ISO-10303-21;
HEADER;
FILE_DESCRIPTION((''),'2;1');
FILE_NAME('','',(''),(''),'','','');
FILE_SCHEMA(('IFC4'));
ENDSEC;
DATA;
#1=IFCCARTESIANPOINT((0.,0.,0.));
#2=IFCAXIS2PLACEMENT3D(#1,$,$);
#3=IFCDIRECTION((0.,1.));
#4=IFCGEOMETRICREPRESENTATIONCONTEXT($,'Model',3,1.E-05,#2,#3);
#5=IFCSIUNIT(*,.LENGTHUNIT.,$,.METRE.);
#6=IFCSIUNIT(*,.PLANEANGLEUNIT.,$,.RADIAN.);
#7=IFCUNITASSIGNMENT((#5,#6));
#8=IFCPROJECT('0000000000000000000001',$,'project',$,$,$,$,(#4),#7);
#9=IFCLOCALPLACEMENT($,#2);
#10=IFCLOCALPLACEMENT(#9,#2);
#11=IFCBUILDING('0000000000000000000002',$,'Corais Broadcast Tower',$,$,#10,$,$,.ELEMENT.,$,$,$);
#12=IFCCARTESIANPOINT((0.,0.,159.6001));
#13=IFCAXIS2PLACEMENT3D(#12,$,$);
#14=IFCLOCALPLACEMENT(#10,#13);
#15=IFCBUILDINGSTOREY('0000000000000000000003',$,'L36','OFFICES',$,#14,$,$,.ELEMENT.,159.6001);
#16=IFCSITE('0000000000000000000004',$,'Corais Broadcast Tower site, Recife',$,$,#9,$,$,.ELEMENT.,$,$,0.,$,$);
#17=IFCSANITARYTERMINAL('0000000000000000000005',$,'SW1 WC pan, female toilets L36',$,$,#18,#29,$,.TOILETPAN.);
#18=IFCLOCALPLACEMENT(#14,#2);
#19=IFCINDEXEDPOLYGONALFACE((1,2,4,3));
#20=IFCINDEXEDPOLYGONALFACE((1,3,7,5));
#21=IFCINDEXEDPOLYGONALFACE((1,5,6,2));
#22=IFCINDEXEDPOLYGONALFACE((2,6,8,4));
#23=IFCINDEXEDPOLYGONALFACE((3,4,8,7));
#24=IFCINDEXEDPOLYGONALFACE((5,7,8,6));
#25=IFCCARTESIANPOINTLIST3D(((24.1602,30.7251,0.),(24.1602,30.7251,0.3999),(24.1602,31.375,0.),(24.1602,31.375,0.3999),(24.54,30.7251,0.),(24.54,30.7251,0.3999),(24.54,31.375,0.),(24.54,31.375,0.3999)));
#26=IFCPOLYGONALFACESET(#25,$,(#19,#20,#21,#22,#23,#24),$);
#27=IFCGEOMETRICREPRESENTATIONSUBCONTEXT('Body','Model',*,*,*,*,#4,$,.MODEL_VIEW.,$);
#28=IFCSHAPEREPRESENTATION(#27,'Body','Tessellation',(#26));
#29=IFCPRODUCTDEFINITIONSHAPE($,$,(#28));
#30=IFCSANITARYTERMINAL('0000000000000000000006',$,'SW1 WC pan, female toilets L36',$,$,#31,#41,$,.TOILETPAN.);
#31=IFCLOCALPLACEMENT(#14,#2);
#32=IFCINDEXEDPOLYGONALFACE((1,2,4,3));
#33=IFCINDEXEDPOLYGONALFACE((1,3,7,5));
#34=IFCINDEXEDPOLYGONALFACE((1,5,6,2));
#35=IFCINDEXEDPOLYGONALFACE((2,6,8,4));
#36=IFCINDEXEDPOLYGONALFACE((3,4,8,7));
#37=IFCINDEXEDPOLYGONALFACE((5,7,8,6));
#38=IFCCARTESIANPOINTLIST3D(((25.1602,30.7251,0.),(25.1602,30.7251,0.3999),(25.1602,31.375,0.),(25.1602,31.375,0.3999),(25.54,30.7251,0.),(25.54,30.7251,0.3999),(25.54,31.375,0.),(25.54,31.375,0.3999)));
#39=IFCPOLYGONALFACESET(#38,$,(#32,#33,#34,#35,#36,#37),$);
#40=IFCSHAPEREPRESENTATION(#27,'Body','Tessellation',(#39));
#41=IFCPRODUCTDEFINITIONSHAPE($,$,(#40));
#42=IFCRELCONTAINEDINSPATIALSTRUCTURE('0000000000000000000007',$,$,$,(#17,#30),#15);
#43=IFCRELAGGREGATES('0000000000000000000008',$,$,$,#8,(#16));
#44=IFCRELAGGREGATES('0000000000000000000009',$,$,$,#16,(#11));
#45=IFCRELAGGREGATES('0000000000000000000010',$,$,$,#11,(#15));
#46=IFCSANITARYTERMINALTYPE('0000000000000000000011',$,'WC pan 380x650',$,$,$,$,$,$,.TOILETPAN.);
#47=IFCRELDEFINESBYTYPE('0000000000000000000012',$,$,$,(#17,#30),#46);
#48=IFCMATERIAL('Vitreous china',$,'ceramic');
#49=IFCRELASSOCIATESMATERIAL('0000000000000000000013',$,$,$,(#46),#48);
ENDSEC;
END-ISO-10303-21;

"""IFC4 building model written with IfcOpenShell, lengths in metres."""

from ifc_helpers import new_model, si_unit, direction, frame, origin, origin_2d, place, context, subcontext, project, spatial, rectangle, extrude, material, type_object, element, save


model = new_model("IFC4")

# Units and contexts
model_context = context("Model", 3, precision=1e-05, world=origin(), true_north=direction((0.0, 1.0)))
body_context = subcontext(model_context, "Body", "Model", "MODEL_VIEW")
ifc_project = project(units=[si_unit("LENGTHUNIT", "METRE"), si_unit("PLANEANGLEUNIT", "RADIAN")], contexts=[model_context])

# Site, building, storey
site_placement = place(None, origin())
site = spatial("IfcSite", under=ifc_project, at=site_placement, Name="Corais Broadcast Tower site, Recife", CompositionType="ELEMENT", RefElevation=0.0)
building_placement = place(site_placement, origin())
building = spatial("IfcBuilding", under=site, at=building_placement, Name="Corais Broadcast Tower", CompositionType="ELEMENT")
storey_placement = place(building_placement, frame((0.0, 0.0, 159.6001)))
storey = spatial("IfcBuildingStorey", under=building, at=storey_placement, Name="L36", Description="OFFICES", CompositionType="ELEMENT", Elevation=159.6001)

# Sanitary terminals
ifc_material_1 = material(Name="Vitreous china", Category="ceramic")
sanitary_terminal_type = type_object("IfcSanitaryTerminalType", Name="WC pan 380x650", PredefinedType="TOILETPAN", material=ifc_material_1)
for number, where, z_axis, x_axis, name in (
    (1, (24.3501, 31.05, 0.0), (0.0, 0.0, 1.0), (1.0, 0.0, 0.0), "SW1 WC pan, female toilets L36"),
    (2, (25.3501, 31.05, 0.0), (0.0, 0.0, 1.0), (1.0, 0.0, 0.0), "SW1 WC pan, female toilets L36"),
):
    element("IfcSanitaryTerminal", number, at=place(storey_placement, frame(where, z_axis=z_axis, x_axis=x_axis)), inside=storey, type_object=sanitary_terminal_type, Name=name, PredefinedType="TOILETPAN", context=body_context, shape_type="SweptSolid", body=[
        extrude(rectangle(XDim=0.3799, YDim=0.6499, at=origin_2d()), origin(), (0.0, 0.0, 1.0), 0.3999),
    ])

save(model, "model.ifc")
